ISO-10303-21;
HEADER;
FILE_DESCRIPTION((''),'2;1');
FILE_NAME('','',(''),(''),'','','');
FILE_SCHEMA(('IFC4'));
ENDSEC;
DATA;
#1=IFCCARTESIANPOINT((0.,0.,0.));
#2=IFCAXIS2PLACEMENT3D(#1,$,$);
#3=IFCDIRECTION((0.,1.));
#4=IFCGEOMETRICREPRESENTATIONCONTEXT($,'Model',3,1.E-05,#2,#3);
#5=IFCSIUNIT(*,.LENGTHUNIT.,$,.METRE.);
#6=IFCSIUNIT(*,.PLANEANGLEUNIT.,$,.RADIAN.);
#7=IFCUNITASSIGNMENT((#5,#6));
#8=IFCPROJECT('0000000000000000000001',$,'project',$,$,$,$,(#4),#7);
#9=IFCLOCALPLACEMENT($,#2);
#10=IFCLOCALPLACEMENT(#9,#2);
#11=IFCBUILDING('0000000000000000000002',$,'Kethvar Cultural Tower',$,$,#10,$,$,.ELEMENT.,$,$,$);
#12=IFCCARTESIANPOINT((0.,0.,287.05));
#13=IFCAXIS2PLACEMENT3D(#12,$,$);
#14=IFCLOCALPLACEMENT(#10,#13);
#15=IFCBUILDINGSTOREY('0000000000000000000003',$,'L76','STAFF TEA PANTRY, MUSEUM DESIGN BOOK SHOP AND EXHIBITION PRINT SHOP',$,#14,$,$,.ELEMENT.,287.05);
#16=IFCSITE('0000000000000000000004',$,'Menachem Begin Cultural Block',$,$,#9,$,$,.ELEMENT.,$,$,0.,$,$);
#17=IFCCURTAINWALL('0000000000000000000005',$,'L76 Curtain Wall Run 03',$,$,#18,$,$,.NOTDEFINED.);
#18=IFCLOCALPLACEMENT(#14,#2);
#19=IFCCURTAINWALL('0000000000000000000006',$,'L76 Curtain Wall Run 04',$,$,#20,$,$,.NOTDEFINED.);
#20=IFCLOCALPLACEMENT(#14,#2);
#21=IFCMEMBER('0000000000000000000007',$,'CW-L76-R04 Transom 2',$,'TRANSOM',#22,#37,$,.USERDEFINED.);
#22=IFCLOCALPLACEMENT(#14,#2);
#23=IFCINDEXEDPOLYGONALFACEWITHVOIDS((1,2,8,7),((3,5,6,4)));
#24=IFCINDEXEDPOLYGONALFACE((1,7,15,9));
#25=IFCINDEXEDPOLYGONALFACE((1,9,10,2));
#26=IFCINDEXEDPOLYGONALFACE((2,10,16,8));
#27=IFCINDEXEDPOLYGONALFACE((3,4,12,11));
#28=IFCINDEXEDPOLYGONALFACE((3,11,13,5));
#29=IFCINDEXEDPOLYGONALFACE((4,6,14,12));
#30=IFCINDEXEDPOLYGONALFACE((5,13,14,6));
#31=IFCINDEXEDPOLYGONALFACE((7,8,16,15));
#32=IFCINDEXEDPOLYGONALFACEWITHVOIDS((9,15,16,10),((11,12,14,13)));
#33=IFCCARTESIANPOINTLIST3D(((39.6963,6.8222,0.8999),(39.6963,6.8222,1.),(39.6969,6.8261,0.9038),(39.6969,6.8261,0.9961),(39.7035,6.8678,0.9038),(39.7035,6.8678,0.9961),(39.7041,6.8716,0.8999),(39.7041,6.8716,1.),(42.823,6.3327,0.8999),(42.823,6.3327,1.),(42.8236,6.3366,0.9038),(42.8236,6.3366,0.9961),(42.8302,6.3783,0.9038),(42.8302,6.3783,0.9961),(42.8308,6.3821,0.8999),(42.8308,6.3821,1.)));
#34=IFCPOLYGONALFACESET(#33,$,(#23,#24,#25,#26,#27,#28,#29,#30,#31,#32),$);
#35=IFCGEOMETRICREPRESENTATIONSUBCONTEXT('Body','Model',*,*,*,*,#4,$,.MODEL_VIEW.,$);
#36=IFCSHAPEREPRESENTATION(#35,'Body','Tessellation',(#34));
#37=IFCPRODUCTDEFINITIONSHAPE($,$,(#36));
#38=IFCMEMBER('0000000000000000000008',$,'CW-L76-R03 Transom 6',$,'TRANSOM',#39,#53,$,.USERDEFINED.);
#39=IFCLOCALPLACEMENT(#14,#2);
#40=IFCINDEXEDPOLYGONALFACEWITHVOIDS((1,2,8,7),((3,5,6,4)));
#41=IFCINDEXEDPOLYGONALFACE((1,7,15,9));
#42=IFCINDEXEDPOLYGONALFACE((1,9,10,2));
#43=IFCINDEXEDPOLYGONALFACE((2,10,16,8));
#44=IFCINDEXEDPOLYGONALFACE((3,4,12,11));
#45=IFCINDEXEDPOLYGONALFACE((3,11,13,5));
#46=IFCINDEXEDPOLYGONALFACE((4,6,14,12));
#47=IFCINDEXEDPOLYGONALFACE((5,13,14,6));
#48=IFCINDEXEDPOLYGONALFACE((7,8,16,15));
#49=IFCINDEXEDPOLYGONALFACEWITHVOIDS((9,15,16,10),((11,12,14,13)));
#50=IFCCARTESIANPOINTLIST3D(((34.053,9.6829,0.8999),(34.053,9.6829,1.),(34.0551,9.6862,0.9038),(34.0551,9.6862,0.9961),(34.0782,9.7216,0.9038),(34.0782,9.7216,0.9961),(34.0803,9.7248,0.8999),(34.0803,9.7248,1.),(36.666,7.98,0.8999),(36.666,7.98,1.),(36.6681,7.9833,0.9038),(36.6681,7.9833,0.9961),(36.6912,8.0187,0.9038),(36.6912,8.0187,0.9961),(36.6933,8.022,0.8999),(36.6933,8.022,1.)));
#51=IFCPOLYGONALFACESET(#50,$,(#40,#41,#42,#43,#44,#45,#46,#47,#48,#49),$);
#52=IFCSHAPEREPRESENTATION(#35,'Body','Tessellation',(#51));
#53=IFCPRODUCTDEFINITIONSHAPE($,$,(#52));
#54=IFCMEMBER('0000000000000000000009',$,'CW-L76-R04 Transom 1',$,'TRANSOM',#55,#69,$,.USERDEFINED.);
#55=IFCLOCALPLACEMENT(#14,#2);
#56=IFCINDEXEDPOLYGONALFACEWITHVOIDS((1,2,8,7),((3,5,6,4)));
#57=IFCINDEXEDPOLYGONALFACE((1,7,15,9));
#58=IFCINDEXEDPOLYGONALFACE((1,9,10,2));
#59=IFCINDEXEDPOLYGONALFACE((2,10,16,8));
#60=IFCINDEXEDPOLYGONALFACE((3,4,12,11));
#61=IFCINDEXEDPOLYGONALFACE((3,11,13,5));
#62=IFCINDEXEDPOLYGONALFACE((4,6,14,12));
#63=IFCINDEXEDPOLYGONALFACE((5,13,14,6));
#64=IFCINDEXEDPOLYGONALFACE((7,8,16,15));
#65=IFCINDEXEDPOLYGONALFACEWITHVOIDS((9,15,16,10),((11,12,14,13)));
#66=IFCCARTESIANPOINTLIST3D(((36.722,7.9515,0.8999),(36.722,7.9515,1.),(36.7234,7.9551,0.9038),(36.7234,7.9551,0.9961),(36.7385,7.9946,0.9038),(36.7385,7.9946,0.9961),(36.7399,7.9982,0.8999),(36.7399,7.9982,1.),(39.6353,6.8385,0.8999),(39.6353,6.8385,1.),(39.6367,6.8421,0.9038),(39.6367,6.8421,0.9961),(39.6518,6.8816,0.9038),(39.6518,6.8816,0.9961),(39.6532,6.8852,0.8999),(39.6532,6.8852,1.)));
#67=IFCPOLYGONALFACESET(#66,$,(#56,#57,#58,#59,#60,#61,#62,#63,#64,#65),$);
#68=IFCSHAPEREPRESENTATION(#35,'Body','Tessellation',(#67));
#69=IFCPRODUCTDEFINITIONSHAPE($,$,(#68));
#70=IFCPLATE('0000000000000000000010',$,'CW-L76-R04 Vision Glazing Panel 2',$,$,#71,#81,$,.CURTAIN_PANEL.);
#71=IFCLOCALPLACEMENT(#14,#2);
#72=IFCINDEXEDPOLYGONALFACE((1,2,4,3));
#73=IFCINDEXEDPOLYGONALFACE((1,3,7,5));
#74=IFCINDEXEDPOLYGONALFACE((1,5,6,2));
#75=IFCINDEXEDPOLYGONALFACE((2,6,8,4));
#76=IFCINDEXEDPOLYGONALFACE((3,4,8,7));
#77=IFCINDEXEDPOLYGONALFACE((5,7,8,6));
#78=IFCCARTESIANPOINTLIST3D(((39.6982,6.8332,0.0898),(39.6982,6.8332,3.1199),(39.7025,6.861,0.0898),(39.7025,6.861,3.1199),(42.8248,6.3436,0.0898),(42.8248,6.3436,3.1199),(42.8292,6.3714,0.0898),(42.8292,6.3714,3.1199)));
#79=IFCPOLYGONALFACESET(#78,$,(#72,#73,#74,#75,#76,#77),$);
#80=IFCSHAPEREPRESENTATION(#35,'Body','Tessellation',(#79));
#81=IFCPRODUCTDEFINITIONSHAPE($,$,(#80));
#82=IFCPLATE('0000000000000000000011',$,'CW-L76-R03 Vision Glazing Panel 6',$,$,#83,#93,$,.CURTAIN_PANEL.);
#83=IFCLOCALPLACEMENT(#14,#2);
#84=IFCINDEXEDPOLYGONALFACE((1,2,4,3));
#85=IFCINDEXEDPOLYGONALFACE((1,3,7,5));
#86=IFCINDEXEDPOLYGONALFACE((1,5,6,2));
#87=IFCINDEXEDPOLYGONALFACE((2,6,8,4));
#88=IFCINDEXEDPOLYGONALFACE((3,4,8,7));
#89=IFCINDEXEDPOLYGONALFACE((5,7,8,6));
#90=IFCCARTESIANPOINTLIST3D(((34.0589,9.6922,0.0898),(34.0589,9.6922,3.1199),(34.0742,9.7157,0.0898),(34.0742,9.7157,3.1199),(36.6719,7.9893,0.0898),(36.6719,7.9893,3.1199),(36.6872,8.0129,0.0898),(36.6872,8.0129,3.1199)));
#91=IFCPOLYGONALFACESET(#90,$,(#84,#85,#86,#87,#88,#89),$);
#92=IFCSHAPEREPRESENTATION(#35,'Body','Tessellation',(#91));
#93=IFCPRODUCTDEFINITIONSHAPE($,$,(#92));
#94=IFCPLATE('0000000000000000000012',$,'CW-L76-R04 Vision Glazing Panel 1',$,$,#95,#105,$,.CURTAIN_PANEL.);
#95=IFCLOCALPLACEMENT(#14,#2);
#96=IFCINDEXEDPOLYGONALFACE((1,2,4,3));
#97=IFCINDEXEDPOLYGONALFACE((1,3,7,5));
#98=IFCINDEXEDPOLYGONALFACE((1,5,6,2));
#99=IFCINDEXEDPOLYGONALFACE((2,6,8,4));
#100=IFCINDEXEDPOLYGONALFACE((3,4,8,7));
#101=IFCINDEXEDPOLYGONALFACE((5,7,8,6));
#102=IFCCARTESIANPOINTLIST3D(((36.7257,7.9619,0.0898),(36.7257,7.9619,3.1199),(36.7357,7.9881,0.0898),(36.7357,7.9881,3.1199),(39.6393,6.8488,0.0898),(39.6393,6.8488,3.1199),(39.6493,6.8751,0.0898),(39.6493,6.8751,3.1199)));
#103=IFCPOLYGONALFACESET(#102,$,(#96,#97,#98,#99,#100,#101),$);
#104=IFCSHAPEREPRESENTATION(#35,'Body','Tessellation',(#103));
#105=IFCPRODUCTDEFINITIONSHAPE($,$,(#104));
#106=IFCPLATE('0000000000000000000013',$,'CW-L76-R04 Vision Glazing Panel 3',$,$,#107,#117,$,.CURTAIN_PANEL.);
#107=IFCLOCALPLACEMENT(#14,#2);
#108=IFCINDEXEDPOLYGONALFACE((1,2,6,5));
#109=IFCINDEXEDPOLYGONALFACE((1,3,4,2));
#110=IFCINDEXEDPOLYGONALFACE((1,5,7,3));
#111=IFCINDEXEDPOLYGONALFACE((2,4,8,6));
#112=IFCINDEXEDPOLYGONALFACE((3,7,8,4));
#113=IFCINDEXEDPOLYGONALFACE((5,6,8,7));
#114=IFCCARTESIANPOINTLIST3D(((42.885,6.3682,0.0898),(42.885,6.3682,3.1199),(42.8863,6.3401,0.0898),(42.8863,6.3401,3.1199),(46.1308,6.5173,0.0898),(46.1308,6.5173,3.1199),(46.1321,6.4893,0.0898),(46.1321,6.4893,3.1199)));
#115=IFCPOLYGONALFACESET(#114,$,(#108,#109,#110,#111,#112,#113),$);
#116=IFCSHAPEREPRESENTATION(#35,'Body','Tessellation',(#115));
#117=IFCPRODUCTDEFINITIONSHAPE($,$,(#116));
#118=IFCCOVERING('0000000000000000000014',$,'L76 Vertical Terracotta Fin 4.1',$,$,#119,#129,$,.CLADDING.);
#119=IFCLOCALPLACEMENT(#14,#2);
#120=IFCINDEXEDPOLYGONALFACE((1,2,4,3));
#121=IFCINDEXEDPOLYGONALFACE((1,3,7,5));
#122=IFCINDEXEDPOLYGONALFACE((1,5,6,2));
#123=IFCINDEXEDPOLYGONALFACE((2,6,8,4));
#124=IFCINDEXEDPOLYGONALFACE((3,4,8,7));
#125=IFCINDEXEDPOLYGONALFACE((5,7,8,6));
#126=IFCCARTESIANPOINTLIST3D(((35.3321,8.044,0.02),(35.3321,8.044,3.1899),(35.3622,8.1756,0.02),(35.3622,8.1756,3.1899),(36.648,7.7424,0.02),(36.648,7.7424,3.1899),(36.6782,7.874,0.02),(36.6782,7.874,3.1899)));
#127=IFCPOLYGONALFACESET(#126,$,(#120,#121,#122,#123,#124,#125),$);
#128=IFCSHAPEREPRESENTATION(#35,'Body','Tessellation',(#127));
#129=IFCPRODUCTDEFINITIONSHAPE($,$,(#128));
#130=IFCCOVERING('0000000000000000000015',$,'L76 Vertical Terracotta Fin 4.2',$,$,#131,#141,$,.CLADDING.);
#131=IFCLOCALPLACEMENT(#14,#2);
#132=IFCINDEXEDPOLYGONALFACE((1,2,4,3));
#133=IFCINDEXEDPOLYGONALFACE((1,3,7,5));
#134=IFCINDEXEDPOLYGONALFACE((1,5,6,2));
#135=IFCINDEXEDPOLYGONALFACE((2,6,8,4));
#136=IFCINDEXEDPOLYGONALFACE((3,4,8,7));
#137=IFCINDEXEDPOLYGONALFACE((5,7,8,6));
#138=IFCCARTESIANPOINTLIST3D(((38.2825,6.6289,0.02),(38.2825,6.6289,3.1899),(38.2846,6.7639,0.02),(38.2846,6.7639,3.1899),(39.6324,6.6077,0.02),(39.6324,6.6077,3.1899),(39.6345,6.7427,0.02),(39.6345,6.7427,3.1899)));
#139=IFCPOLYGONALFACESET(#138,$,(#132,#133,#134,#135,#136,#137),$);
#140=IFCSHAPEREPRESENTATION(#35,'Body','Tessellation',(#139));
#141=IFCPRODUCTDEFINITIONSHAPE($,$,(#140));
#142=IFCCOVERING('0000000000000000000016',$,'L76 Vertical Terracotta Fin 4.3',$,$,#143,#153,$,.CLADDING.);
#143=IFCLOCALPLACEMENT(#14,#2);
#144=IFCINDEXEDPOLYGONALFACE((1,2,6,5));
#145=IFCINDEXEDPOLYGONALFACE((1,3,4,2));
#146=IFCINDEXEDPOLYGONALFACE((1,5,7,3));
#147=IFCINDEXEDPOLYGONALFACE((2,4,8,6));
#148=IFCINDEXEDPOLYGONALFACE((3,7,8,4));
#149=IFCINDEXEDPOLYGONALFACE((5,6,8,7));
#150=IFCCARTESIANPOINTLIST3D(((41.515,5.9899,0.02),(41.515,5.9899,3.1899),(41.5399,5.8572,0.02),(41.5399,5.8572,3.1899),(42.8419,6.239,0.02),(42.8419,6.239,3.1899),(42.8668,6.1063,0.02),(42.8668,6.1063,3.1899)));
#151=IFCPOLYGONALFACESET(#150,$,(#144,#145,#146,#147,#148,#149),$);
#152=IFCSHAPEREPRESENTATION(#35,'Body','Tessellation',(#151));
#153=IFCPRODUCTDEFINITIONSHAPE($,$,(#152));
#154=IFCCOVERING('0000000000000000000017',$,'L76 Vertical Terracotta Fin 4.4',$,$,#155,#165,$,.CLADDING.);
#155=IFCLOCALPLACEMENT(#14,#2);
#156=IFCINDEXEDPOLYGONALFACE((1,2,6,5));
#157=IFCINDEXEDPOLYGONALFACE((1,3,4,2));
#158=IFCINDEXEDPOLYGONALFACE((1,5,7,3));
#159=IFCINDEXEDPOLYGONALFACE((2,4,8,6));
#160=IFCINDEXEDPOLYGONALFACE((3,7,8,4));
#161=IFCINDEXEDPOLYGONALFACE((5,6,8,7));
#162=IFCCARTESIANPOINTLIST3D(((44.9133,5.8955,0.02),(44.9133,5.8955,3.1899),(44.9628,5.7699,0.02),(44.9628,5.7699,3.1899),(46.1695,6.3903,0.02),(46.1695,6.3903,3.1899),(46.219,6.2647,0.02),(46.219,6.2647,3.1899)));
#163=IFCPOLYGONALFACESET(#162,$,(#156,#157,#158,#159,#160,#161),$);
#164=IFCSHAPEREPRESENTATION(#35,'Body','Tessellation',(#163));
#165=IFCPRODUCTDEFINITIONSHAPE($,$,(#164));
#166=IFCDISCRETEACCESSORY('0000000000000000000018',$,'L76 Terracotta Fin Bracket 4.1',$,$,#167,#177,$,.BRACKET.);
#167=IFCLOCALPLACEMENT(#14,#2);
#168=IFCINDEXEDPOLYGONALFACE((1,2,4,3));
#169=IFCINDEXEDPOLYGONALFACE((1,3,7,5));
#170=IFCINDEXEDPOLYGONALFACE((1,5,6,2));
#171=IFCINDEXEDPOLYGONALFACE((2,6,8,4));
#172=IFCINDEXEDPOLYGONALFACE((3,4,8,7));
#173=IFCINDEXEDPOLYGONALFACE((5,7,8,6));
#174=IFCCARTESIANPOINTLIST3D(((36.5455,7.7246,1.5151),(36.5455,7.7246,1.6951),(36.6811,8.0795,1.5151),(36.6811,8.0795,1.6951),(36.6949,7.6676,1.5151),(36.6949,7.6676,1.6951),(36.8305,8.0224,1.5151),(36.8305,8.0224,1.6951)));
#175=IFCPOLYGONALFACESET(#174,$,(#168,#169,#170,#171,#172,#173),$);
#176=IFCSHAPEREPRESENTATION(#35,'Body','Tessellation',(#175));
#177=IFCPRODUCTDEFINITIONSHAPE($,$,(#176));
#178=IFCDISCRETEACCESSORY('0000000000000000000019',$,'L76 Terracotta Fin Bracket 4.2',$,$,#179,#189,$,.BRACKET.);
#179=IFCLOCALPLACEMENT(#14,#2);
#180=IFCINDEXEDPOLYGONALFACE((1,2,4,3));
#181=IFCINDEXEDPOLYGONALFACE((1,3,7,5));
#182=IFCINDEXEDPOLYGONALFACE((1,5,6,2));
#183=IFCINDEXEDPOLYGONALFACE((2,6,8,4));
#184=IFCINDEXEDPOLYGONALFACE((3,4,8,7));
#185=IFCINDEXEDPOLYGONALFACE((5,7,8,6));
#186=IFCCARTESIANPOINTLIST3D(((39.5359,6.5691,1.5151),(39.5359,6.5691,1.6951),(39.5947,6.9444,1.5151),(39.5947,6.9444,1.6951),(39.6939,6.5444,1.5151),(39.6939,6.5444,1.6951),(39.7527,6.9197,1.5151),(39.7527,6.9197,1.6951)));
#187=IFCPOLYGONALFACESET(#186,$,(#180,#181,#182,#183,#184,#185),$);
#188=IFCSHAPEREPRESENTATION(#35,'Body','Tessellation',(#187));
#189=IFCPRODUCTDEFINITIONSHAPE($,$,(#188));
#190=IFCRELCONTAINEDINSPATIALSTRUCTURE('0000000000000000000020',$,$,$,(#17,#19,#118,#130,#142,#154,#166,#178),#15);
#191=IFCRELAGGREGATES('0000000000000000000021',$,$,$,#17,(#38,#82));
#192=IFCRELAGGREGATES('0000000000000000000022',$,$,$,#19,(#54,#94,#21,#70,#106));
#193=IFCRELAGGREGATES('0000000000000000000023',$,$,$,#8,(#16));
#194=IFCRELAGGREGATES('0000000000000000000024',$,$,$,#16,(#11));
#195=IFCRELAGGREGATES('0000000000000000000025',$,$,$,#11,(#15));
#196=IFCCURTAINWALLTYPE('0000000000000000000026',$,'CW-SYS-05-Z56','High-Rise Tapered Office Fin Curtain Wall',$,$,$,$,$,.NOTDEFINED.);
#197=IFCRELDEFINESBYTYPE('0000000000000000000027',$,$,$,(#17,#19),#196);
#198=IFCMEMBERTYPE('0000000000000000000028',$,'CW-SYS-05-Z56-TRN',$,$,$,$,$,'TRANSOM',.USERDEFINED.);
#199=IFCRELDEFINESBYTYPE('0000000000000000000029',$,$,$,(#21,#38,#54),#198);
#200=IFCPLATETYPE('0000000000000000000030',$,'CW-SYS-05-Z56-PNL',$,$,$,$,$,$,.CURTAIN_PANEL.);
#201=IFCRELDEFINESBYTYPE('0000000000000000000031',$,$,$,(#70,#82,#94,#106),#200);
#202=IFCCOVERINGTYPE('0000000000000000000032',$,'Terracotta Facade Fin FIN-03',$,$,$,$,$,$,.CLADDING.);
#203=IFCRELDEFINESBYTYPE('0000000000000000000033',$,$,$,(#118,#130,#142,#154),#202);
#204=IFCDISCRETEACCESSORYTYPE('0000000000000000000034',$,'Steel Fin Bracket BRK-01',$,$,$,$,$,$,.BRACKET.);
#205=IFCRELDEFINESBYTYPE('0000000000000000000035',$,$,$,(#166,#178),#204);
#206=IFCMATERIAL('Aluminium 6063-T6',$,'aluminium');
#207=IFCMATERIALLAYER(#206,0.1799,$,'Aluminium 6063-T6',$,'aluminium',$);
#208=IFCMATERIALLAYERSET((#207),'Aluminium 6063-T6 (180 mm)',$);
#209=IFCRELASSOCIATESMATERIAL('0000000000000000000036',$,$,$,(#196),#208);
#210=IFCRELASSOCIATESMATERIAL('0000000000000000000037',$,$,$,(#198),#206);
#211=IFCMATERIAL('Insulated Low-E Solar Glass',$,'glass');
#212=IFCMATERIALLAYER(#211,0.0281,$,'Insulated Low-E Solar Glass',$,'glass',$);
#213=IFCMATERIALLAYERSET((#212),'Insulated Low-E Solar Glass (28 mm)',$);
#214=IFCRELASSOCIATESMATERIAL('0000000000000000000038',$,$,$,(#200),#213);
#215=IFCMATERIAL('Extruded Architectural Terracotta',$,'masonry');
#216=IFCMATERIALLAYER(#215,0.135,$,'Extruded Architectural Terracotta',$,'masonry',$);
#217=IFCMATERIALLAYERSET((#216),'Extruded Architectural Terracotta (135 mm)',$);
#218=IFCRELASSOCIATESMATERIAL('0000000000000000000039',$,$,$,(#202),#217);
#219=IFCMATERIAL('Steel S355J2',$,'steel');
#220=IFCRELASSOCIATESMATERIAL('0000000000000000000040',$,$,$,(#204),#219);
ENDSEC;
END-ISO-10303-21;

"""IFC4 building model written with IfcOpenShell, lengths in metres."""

from ifc_helpers import new_model, si_unit, direction, frame, origin, origin_2d, place, context, subcontext, project, spatial, rectangle, hollow_rectangle, extrude, source, transform, mapped, material, layer, layer_set, material_profile, profile_set, type_object, element, aggregate, save


model = new_model("IFC4")

# Units and contexts
model_context = context("Model", 3, precision=1e-05, world=origin(), true_north=direction((0.0, 1.0)))
body_context = subcontext(model_context, "Body", "Model", "MODEL_VIEW")
ifc_project = project(units=[si_unit("LENGTHUNIT", "METRE"), si_unit("PLANEANGLEUNIT", "RADIAN")], contexts=[model_context])

# Site, building, storey
site_placement = place(None, origin())
site = spatial("IfcSite", under=ifc_project, at=site_placement, Name="Menachem Begin Cultural Block", CompositionType="ELEMENT", RefElevation=0.0)
building_placement = place(site_placement, origin())
building = spatial("IfcBuilding", under=site, at=building_placement, Name="Kethvar Cultural Tower", CompositionType="ELEMENT")
storey_placement = place(building_placement, frame((0.0, 0.0, 287.05)))
storey = spatial("IfcBuildingStorey", under=building, at=storey_placement, Name="L76", Description="STAFF TEA PANTRY, MUSEUM DESIGN BOOK SHOP AND EXHIBITION PRINT SHOP", CompositionType="ELEMENT", Elevation=287.05)

# Shared definitions
ifc_material_1 = material(Name="Steel S355J2", Category="steel")

# Curtain walls, member
ifc_material_2 = material(Name="Aluminium 6063-T6", Category="aluminium")
ifc_layer_1 = layer(ifc_material_2, 0.1799, Name="Aluminium 6063-T6", Category="aluminium")
ifc_layer_set_1 = layer_set([ifc_layer_1], Name="Aluminium 6063-T6 (180 mm)")
curtain_wall_type = type_object("IfcCurtainWallType", Name="CW-SYS-05-Z56", Description="High-Rise Tapered Office Fin Curtain Wall", PredefinedType="NOTDEFINED", material=ifc_layer_set_1)
curtain_wall_1_placement = place(storey_placement, origin())
curtain_wall_1 = element("IfcCurtainWall", 1, at=curtain_wall_1_placement, inside=storey, type_object=curtain_wall_type, Name="L76 Curtain Wall Run 03", PredefinedType="NOTDEFINED")
curtain_wall_2_placement = place(storey_placement, origin())
curtain_wall_2 = element("IfcCurtainWall", 2, at=curtain_wall_2_placement, inside=storey, type_object=curtain_wall_type, Name="L76 Curtain Wall Run 04", PredefinedType="NOTDEFINED")
ifc_material_profile_1 = material_profile(ifc_material_2, hollow_rectangle(XDim=0.05, YDim=0.1001, WallThickness=0.0039, at=origin_2d()), Name="Aluminium 6063-T6 — RHS100x50x4")
ifc_profile_set_1 = profile_set([ifc_material_profile_1], Name="Aluminium 6063-T6 — RHS100x50x4")
member_type_1 = type_object("IfcMemberType", Name="CW-SYS-05-Z56-TRN", ElementType="TRANSOM", PredefinedType="USERDEFINED", material=ifc_profile_set_1)
shared_shape_1 = source(origin(), body_context, "Body", "SweptSolid", [
    extrude(hollow_rectangle(XDim=0.05, YDim=0.1001, WallThickness=0.0039, at=origin_2d()), origin(), (0.0, 0.0, 1.0), 3.1648),
])
member_1_placement = place(storey_placement, frame((39.7002, 6.8469, 0.95), z_axis=(0.987966, -0.154671, 0.0), x_axis=(0.154671, 0.987966, 0.0)))
member_1 = element("IfcMember", 3, at=member_1_placement, type_object=member_type_1, Name="CW-L76-R04 Transom 2", ObjectType="TRANSOM", PredefinedType="USERDEFINED", context=body_context, shape_type="MappedRepresentation", body=[
    mapped(shared_shape_1, transform((0.0, 0.0, 0.0), scale=1.0)),
])

# Members
shared_shape_2 = source(origin(), body_context, "Body", "SweptSolid", [
    extrude(hollow_rectangle(XDim=0.05, YDim=0.1001, WallThickness=0.0039, at=origin_2d()), origin(), (0.0, 0.0, 1.0), 3.1189),
])
member_2_placement = place(storey_placement, frame((34.0667, 9.7039, 0.95), z_axis=(0.837797, -0.545981, 0.0), x_axis=(0.545981, 0.837797, 0.0)))
member_2 = element("IfcMember", 4, at=member_2_placement, type_object=member_type_1, Name="CW-L76-R03 Transom 6", ObjectType="TRANSOM", PredefinedType="USERDEFINED", context=body_context, shape_type="MappedRepresentation", body=[
    mapped(shared_shape_2, transform((0.0, 0.0, 0.0), scale=1.0)),
])
shared_shape_3 = source(origin(), body_context, "Body", "SweptSolid", [
    extrude(hollow_rectangle(XDim=0.05, YDim=0.1001, WallThickness=0.0039, at=origin_2d()), origin(), (0.0, 0.0, 1.0), 3.1187),
])
member_3_placement = place(storey_placement, frame((36.731, 7.9749, 0.95), z_axis=(0.934146, -0.35689, 0.0), x_axis=(0.35689, 0.934146, 0.0)))
member_3 = element("IfcMember", 5, at=member_3_placement, type_object=member_type_1, Name="CW-L76-R04 Transom 1", ObjectType="TRANSOM", PredefinedType="USERDEFINED", context=body_context, shape_type="MappedRepresentation", body=[
    mapped(shared_shape_3, transform((0.0, 0.0, 0.0), scale=1.0)),
])

# Plates
ifc_material_3 = material(Name="Insulated Low-E Solar Glass", Category="glass")
ifc_layer_2 = layer(ifc_material_3, 0.0281, Name="Insulated Low-E Solar Glass", Category="glass")
ifc_layer_set_2 = layer_set([ifc_layer_2], Name="Insulated Low-E Solar Glass (28 mm)")
plate_type = type_object("IfcPlateType", Name="CW-SYS-05-Z56-PNL", PredefinedType="CURTAIN_PANEL", material=ifc_layer_set_2)
shared_shape_4 = source(origin(), body_context, "Body", "SweptSolid", [
    extrude(rectangle(XDim=3.1648, YDim=0.0281, at=origin_2d()), origin(), (0.0, 0.0, 1.0), 3.03),
])
plate_1_placement = place(storey_placement, frame((41.2637, 6.6023, 0.0898), z_axis=(0.0, 0.0, 1.0), x_axis=(0.987963, -0.154693, 0.0)))
plate_1 = element("IfcPlate", 6, at=plate_1_placement, type_object=plate_type, Name="CW-L76-R04 Vision Glazing Panel 2", PredefinedType="CURTAIN_PANEL", context=body_context, shape_type="MappedRepresentation", body=[
    mapped(shared_shape_4, transform((0.0, 0.0, 0.0), scale=1.0)),
])
shared_shape_5 = source(origin(), body_context, "Body", "SweptSolid", [
    extrude(rectangle(XDim=3.1189, YDim=0.0281, at=origin_2d()), origin(), (0.0, 0.0, 1.0), 3.03),
])
plate_2_placement = place(storey_placement, frame((35.373, 8.8525, 0.0898), z_axis=(0.0, 0.0, 1.0), x_axis=(0.837795, -0.545985, 0.0)))
plate_2 = element("IfcPlate", 7, at=plate_2_placement, type_object=plate_type, Name="CW-L76-R03 Vision Glazing Panel 6", PredefinedType="CURTAIN_PANEL", context=body_context, shape_type="MappedRepresentation", body=[
    mapped(shared_shape_5, transform((0.0, 0.0, 0.0), scale=1.0)),
])
aggregate(curtain_wall_1, [member_2, plate_2])
plate_3_placement = place(storey_placement, frame((38.1875, 7.4185, 0.0898), z_axis=(0.0, 0.0, 1.0), x_axis=(0.934155, -0.356868, 0.0)))
plate_3 = element("IfcPlate", 8, at=plate_3_placement, type_object=plate_type, Name="CW-L76-R04 Vision Glazing Panel 1", PredefinedType="CURTAIN_PANEL", context=body_context, shape_type="MappedRepresentation", body=[
    mapped(shared_shape_5, transform((0.0, 0.0, 0.0), scale=1.0)),
])
shared_shape_6 = source(origin(), body_context, "Body", "SweptSolid", [
    extrude(rectangle(XDim=3.2493, YDim=0.0281, at=origin_2d()), origin(), (0.0, 0.0, 1.0), 3.03),
])
plate_4_placement = place(storey_placement, frame((44.5085, 6.4287, 0.0898), z_axis=(0.0, 0.0, 1.0), x_axis=(0.998946, 0.045903, 0.0)))
plate_4 = element("IfcPlate", 9, at=plate_4_placement, type_object=plate_type, Name="CW-L76-R04 Vision Glazing Panel 3", PredefinedType="CURTAIN_PANEL", context=body_context, shape_type="MappedRepresentation", body=[
    mapped(shared_shape_6, transform((0.0, 0.0, 0.0), scale=1.0)),
])
aggregate(curtain_wall_2, [member_3, plate_3, member_1, plate_1, plate_4])

# Coverings
ifc_material_4 = material(Name="Extruded Architectural Terracotta", Category="masonry")
ifc_layer_3 = layer(ifc_material_4, 0.135, Name="Extruded Architectural Terracotta", Category="masonry")
ifc_layer_set_3 = layer_set([ifc_layer_3], Name="Extruded Architectural Terracotta (135 mm)")
covering_type = type_object("IfcCoveringType", Name="Terracotta Facade Fin FIN-03", PredefinedType="CLADDING", material=ifc_layer_set_3)
shared_shape_7 = source(origin(), body_context, "Body", "SweptSolid", [
    extrude(rectangle(XDim=1.3501, YDim=0.135, at=origin_2d()), origin(), (0.0, 0.0, 1.0), 3.1699),
])
for number, where, z_axis, x_axis, name in (
    (10, (36.0051, 7.959, 0.02), (0.0, 0.0, 1.0), (-0.974722, 0.22342, 0.0), "L76 Vertical Terracotta Fin 4.1"),
    (11, (38.9585, 6.6858, 0.02), (0.0, 0.0, 1.0), (-0.999877, 0.015707, 0.0), "L76 Vertical Terracotta Fin 4.2"),
    (12, (42.1909, 6.0481, 0.02), (0.0, 0.0, 1.0), (-0.982839, -0.184466, 0.0), "L76 Vertical Terracotta Fin 4.3"),
    (13, (45.5662, 6.0801, 0.02), (0.0, 0.0, 1.0), (-0.930418, -0.366501, 0.0), "L76 Vertical Terracotta Fin 4.4"),
):
    element("IfcCovering", number, at=place(storey_placement, frame(where, z_axis=z_axis, x_axis=x_axis)), inside=storey, type_object=covering_type, Name=name, PredefinedType="CLADDING", context=body_context, shape_type="MappedRepresentation", body=[
        mapped(shared_shape_7, transform((0.0, 0.0, 0.0), scale=1.0)),
    ])

# Discrete accessories
discrete_accessory_type = type_object("IfcDiscreteAccessoryType", Name="Steel Fin Bracket BRK-01", PredefinedType="BRACKET", material=ifc_material_1)
shared_shape_8 = source(origin(), body_context, "Body", "SweptSolid", [
    extrude(rectangle(XDim=0.3799, YDim=0.1599, at=origin_2d()), origin(), (0.0, 0.0, 1.0), 0.1799),
])
for number, where, z_axis, x_axis, name in (
    (14, (36.688, 7.8735, 1.5151), (0.0, 0.0, 1.0), (-0.356901, -0.934142, 0.0), "L76 Terracotta Fin Bracket 4.1"),
    (15, (39.6443, 6.7444, 1.5151), (0.0, 0.0, 1.0), (-0.15471, -0.98796, 0.0), "L76 Terracotta Fin Bracket 4.2"),
):
    element("IfcDiscreteAccessory", number, at=place(storey_placement, frame(where, z_axis=z_axis, x_axis=x_axis)), inside=storey, type_object=discrete_accessory_type, Name=name, PredefinedType="BRACKET", context=body_context, shape_type="MappedRepresentation", body=[
        mapped(shared_shape_8, transform((0.0, 0.0, 0.0), scale=1.0)),
    ])

save(model, "model.ifc")
